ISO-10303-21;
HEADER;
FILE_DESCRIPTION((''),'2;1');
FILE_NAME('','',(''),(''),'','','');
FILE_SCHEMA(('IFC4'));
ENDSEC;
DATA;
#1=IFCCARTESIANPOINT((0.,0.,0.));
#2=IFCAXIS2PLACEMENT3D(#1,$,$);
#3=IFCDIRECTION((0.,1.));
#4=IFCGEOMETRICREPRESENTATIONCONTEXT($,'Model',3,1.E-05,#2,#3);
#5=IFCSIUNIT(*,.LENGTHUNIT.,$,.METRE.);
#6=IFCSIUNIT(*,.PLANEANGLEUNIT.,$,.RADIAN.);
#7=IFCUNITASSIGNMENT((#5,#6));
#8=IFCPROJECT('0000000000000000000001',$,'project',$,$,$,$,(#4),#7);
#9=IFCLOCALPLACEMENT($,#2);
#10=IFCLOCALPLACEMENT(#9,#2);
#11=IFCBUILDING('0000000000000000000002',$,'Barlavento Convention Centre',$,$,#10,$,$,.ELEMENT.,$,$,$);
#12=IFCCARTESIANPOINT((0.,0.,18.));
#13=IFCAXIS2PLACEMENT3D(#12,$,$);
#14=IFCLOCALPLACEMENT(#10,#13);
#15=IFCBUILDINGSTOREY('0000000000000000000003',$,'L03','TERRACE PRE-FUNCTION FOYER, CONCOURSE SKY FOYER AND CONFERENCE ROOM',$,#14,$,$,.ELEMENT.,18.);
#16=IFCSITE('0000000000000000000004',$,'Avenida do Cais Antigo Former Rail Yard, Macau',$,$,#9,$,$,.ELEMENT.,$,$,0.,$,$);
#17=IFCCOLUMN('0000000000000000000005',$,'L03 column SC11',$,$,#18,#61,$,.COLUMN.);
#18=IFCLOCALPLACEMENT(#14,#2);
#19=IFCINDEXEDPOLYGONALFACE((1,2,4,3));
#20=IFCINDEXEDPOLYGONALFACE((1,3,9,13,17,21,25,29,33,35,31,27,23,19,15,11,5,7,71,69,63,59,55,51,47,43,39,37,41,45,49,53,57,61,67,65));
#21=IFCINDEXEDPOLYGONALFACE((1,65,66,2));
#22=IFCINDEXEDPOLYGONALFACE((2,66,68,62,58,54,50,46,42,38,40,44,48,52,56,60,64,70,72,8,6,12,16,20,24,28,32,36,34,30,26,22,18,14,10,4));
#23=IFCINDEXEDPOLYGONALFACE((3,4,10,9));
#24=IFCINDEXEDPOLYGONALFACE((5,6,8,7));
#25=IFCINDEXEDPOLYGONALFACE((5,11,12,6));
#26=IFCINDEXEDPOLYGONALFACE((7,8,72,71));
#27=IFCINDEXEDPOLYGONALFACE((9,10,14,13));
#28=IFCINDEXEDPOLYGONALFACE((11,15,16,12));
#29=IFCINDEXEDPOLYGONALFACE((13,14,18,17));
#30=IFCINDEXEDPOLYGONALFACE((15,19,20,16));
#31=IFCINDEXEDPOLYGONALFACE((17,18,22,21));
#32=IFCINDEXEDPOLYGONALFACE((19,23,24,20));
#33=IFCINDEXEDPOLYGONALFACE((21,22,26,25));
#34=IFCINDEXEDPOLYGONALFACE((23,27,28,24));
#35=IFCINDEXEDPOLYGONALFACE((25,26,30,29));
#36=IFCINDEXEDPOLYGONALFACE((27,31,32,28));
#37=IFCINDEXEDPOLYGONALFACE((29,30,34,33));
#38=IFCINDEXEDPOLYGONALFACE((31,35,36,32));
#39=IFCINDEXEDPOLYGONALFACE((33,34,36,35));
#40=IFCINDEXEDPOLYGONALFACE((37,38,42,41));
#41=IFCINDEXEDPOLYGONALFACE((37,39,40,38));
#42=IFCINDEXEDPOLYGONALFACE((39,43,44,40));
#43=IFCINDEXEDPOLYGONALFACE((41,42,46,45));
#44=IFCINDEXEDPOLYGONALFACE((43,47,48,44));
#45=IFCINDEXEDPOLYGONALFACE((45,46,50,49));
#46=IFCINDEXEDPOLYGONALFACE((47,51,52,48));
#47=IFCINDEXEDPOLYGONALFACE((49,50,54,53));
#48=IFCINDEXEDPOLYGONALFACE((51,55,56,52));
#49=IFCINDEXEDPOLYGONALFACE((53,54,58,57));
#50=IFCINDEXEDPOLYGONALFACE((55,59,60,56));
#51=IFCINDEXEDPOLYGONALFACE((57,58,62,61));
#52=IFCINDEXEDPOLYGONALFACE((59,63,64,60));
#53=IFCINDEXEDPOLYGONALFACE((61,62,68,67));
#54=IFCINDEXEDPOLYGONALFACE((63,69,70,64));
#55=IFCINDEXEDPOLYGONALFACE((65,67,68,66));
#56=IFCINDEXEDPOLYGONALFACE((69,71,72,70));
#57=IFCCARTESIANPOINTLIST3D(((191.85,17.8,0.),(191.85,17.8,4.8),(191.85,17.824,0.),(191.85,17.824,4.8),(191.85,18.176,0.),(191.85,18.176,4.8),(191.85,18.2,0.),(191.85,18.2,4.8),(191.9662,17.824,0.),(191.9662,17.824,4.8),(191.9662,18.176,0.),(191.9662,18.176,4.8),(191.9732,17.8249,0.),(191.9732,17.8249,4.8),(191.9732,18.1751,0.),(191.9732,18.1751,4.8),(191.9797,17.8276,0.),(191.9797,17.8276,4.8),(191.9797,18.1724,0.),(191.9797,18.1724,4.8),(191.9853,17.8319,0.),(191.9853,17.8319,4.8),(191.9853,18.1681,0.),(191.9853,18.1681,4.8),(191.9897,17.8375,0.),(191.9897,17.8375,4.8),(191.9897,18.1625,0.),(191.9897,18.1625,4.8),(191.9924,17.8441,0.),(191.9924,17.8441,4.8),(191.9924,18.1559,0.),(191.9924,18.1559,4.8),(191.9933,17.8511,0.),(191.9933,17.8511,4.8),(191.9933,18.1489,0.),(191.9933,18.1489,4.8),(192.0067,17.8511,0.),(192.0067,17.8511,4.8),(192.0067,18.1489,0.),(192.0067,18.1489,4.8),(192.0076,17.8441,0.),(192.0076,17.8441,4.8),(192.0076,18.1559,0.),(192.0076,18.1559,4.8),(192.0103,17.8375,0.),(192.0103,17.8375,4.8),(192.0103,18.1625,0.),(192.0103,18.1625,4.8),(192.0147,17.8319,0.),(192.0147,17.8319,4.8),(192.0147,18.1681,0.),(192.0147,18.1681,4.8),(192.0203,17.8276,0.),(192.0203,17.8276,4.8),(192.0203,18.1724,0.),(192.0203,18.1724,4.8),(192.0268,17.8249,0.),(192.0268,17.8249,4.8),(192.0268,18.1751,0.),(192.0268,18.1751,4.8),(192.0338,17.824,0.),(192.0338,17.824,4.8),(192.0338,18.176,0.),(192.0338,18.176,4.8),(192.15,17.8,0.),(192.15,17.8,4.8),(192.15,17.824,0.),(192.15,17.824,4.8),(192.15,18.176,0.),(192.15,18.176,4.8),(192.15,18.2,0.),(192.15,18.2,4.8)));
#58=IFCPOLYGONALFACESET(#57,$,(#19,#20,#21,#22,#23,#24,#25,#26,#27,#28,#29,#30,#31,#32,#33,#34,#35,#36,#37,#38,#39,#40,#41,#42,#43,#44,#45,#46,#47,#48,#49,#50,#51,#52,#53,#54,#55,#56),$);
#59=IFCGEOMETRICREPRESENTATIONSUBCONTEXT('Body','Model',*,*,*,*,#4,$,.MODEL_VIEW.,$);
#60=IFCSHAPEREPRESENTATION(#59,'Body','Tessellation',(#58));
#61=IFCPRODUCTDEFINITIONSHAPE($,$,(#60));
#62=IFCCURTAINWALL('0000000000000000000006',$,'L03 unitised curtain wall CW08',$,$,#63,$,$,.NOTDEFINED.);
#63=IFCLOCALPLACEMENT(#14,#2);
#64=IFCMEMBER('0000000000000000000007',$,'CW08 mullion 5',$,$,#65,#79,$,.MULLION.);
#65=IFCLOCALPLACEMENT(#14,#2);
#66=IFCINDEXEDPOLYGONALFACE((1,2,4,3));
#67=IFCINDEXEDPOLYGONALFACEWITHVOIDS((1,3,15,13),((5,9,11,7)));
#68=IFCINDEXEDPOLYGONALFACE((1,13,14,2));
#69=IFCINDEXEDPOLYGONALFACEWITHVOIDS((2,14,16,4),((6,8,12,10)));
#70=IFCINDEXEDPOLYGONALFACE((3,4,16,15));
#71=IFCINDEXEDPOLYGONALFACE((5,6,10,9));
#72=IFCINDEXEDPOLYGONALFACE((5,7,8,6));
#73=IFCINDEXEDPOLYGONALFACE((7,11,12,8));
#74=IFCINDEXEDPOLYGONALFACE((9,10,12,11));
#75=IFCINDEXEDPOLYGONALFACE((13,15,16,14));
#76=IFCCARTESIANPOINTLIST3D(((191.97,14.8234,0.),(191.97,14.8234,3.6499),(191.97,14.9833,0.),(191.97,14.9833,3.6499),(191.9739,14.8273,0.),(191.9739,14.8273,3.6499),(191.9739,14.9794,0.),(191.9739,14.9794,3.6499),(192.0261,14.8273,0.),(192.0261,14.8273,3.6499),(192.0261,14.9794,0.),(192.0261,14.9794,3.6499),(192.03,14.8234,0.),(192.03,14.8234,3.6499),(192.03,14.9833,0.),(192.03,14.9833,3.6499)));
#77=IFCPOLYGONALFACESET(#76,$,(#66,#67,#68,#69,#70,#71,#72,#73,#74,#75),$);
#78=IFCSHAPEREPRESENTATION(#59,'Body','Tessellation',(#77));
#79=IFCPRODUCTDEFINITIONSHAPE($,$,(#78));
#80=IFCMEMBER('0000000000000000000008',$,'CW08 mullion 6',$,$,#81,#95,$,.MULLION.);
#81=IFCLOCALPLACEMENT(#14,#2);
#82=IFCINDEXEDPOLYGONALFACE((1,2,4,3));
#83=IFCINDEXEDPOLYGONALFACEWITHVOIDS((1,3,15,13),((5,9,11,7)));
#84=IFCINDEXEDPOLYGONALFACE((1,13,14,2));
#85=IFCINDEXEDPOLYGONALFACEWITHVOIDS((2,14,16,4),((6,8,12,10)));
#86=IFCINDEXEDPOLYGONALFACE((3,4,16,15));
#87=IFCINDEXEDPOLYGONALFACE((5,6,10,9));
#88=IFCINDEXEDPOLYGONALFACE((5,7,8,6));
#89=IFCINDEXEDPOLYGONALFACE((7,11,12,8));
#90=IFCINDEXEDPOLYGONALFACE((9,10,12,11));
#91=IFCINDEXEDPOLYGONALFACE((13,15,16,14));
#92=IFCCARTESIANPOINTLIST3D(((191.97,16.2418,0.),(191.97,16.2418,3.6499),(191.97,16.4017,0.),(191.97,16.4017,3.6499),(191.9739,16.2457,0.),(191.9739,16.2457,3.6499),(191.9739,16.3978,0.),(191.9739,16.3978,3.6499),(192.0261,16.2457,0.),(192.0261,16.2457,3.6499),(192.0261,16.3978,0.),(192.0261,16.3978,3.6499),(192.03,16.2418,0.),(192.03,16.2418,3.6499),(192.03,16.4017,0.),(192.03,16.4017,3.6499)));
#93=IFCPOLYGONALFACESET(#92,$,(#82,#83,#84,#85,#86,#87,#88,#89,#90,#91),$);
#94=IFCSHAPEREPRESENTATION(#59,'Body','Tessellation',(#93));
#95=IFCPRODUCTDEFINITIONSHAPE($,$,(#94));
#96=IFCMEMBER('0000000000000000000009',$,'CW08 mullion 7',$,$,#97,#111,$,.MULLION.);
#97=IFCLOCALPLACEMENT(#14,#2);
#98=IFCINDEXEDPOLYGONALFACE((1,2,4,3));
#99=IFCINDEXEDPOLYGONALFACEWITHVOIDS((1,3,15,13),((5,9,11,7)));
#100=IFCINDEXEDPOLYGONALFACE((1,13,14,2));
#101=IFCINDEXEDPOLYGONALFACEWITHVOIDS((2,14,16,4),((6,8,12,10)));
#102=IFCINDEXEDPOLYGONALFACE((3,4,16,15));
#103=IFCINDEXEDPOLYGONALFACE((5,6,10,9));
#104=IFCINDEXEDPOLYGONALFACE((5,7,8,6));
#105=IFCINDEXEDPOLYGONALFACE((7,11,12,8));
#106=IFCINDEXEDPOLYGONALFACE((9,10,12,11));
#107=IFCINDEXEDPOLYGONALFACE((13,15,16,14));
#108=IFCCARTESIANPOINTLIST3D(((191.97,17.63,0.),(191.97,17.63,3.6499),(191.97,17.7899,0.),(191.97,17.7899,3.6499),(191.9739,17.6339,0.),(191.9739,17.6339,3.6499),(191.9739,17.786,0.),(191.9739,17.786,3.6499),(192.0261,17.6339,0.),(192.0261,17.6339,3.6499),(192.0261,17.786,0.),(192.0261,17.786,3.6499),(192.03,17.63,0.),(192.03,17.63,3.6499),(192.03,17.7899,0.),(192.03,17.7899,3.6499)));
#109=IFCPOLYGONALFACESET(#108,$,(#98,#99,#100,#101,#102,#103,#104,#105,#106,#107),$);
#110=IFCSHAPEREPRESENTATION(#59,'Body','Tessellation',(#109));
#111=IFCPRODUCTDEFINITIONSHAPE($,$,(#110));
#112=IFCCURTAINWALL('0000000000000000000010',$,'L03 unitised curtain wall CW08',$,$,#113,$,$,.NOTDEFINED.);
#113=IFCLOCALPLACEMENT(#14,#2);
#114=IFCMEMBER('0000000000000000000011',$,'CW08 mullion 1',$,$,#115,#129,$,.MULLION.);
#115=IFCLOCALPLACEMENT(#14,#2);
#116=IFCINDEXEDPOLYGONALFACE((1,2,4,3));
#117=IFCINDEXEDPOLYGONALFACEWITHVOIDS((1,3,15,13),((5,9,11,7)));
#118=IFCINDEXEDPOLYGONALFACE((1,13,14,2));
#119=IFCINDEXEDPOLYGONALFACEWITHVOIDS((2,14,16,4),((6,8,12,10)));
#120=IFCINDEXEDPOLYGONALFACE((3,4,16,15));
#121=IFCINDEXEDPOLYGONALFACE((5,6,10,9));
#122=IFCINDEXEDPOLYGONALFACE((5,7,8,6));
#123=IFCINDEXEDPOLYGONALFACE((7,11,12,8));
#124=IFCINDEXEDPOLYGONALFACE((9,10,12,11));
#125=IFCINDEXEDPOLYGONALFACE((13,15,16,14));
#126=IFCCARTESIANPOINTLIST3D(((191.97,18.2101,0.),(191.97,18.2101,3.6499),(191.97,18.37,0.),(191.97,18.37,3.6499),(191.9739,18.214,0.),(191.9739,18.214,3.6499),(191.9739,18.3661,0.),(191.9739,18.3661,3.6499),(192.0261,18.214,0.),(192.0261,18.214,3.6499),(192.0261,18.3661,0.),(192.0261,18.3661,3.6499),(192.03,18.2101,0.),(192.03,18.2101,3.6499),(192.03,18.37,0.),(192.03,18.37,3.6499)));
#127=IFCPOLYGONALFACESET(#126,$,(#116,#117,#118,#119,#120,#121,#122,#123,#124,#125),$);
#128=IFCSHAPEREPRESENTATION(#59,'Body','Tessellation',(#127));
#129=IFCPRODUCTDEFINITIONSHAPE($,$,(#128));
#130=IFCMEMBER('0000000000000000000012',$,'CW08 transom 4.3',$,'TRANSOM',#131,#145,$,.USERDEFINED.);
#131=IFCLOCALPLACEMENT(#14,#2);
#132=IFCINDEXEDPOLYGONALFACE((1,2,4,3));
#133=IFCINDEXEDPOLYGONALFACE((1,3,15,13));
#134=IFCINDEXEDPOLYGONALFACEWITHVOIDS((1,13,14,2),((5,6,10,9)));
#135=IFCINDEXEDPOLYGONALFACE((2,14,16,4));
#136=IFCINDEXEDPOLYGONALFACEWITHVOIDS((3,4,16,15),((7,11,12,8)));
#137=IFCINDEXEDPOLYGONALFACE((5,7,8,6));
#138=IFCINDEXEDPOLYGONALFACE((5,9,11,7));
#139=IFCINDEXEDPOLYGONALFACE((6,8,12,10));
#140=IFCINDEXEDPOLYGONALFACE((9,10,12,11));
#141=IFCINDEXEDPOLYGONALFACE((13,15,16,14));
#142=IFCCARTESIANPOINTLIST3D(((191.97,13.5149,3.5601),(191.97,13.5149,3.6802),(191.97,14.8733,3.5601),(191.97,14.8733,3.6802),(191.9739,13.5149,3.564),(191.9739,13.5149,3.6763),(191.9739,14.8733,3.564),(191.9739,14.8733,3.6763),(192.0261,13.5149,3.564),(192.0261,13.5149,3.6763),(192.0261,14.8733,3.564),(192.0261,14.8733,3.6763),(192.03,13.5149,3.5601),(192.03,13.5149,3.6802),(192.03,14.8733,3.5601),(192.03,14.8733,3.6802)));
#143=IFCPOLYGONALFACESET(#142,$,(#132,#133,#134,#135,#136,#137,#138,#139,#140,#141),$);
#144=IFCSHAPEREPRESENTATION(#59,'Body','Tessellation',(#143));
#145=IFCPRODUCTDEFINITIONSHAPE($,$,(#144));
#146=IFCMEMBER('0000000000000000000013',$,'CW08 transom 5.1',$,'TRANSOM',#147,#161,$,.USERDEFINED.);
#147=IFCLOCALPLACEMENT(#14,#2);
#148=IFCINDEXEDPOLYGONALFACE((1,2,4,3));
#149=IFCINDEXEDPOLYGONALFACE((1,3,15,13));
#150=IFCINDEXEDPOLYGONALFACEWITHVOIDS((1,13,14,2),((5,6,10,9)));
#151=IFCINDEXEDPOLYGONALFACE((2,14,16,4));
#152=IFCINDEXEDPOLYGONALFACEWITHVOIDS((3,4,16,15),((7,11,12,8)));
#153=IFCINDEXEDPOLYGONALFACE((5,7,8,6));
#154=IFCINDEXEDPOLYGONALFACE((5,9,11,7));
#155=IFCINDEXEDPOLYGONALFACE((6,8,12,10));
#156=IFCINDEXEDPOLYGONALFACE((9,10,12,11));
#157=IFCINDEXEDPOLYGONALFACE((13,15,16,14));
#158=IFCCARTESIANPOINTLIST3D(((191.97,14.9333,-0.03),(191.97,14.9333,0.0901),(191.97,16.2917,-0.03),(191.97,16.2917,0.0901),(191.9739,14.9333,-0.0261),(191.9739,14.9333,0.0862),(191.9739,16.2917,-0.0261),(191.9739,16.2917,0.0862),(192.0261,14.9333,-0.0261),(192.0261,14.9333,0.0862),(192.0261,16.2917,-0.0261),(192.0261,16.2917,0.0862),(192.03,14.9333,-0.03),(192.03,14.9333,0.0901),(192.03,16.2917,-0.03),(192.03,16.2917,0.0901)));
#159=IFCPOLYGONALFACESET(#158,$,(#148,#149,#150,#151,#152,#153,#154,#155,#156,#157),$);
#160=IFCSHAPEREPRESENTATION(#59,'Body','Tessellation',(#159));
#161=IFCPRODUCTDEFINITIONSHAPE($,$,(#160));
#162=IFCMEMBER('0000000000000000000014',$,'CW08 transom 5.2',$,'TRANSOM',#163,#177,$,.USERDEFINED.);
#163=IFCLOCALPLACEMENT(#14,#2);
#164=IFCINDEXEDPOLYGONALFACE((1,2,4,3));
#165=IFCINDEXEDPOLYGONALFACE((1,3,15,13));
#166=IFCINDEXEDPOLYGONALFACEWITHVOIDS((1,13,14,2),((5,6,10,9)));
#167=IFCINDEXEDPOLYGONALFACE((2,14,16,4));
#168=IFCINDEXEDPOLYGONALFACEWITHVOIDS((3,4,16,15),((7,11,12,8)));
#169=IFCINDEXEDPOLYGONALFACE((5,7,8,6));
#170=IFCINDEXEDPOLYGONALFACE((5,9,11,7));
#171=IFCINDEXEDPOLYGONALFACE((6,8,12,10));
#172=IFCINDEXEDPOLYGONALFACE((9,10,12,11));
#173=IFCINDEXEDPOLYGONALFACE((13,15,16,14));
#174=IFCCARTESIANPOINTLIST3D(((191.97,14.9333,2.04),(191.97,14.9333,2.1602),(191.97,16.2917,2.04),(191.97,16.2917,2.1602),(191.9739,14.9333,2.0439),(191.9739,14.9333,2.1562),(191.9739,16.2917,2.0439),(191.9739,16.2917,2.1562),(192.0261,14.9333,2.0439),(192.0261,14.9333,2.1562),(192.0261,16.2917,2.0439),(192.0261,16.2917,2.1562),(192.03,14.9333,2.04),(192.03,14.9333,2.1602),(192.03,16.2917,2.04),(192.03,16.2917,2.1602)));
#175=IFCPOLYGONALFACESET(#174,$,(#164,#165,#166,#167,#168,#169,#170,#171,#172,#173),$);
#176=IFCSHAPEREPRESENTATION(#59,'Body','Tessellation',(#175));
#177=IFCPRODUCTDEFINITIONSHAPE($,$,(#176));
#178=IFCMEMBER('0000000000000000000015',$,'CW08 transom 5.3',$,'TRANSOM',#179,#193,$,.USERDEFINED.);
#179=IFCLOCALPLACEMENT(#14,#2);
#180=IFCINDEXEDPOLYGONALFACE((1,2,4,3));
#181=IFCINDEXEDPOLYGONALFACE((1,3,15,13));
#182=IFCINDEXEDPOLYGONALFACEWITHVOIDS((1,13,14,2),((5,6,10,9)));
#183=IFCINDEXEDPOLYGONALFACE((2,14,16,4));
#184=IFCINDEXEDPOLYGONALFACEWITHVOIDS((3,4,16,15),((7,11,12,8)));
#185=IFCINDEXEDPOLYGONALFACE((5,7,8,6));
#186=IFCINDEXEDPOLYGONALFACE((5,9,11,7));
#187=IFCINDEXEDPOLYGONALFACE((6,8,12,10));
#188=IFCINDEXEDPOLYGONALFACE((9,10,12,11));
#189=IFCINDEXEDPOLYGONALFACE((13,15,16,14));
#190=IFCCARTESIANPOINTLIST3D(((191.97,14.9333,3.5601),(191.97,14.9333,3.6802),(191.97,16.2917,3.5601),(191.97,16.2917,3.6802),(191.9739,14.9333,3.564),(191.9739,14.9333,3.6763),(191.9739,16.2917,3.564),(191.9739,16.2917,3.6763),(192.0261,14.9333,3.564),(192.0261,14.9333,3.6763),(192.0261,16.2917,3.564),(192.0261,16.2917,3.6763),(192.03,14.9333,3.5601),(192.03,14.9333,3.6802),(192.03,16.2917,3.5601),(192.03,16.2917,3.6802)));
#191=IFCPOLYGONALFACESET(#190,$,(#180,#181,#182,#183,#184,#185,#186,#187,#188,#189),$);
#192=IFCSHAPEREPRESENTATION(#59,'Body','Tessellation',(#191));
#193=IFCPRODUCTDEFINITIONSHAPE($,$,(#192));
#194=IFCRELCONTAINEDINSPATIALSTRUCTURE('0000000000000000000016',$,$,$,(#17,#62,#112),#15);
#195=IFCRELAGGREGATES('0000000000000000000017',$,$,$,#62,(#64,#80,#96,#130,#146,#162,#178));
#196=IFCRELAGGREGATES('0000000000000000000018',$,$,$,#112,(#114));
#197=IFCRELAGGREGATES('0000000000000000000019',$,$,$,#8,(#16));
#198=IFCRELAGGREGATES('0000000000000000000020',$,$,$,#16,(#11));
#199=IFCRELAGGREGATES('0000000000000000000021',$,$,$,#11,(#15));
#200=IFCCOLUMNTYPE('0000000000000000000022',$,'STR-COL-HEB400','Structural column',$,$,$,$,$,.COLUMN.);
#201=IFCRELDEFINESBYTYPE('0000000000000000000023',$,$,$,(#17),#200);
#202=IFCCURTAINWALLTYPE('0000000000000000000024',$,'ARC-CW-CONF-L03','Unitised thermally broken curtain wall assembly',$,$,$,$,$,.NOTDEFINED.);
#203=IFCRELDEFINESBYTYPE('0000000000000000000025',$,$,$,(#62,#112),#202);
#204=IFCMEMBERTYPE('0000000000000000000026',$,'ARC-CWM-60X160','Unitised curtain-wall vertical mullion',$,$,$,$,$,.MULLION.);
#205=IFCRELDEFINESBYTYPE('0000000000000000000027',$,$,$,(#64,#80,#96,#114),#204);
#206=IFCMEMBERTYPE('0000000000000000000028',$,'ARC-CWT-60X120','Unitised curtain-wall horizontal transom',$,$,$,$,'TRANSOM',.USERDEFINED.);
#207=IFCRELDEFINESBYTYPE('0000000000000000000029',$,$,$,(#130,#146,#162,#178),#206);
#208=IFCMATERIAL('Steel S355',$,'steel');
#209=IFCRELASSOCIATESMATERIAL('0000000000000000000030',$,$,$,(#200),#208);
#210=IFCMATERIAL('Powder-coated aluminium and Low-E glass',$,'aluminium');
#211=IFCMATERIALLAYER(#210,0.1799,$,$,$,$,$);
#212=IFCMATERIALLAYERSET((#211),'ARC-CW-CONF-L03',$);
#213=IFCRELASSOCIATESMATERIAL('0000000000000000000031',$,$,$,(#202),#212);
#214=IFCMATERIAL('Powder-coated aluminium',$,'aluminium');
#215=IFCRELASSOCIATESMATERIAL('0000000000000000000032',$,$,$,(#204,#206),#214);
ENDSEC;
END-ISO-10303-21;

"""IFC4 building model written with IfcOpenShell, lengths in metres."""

from ifc_helpers import new_model, si_unit, direction, frame, origin, origin_2d, place, context, subcontext, project, spatial, hollow_rectangle, i_section, extrude, material, layer, layer_set, material_profile, profile_set, type_object, element, aggregate, save


model = new_model("IFC4")

# Units and contexts
model_context = context("Model", 3, precision=1e-05, world=origin(), true_north=direction((0.0, 1.0)))
body_context = subcontext(model_context, "Body", "Model", "MODEL_VIEW")
ifc_project = project(units=[si_unit("LENGTHUNIT", "METRE"), si_unit("PLANEANGLEUNIT", "RADIAN")], contexts=[model_context])

# Site, building, storey
site_placement = place(None, origin())
site = spatial("IfcSite", under=ifc_project, at=site_placement, Name="Avenida do Cais Antigo Former Rail Yard, Macau", CompositionType="ELEMENT", RefElevation=0.0)
building_placement = place(site_placement, origin())
building = spatial("IfcBuilding", under=site, at=building_placement, Name="Barlavento Convention Centre", CompositionType="ELEMENT")
storey_placement = place(building_placement, frame((0.0, 0.0, 18.0)))
storey = spatial("IfcBuildingStorey", under=building, at=storey_placement, Name="L03", Description="TERRACE PRE-FUNCTION FOYER, CONCOURSE SKY FOYER AND CONFERENCE ROOM", CompositionType="ELEMENT", Elevation=18.0)

# Column
ifc_material_1 = material(Name="Steel S355", Category="steel")
ifc_material_profile_1 = material_profile(ifc_material_1, i_section(OverallWidth=0.3, OverallDepth=0.3999, WebThickness=0.0134, FlangeThickness=0.0239, FilletRadius=0.0271, at=origin_2d()), Name="HEB 400")
ifc_profile_set_1 = profile_set([ifc_material_profile_1], Name="Steel S355")
column_type = type_object("IfcColumnType", Name="STR-COL-HEB400", Description="Structural column", PredefinedType="COLUMN", material=ifc_profile_set_1)
column_placement = place(storey_placement, frame((192.0, 18.0, 0.0), z_axis=(0.0, 0.0, 1.0), x_axis=(1.0, 0.0, 0.0)))
element("IfcColumn", 1, at=column_placement, inside=storey, type_object=column_type, Name="L03 column SC11", PredefinedType="COLUMN", context=body_context, shape_type="SweptSolid", body=[
    extrude(i_section(OverallWidth=0.3, OverallDepth=0.3999, WebThickness=0.0134, FlangeThickness=0.0239, FilletRadius=0.0271, at=origin_2d()), origin(), (0.0, 0.0, 1.0), 4.8),
])

# Curtain wall, members
ifc_material_2 = material(Name="Powder-coated aluminium and Low-E glass", Category="aluminium")
ifc_layer_1 = layer(ifc_material_2, 0.1799)
ifc_layer_set_1 = layer_set([ifc_layer_1], Name="ARC-CW-CONF-L03")
curtain_wall_type = type_object("IfcCurtainWallType", Name="ARC-CW-CONF-L03", Description="Unitised thermally broken curtain wall assembly", PredefinedType="NOTDEFINED", material=ifc_layer_set_1)
curtain_wall_1_placement = place(storey_placement, origin())
curtain_wall_1 = element("IfcCurtainWall", 2, at=curtain_wall_1_placement, inside=storey, type_object=curtain_wall_type, Name="L03 unitised curtain wall CW08", PredefinedType="NOTDEFINED")
ifc_material_3 = material(Name="Powder-coated aluminium", Category="aluminium")
ifc_material_profile_2 = material_profile(ifc_material_3, hollow_rectangle(XDim=0.0601, YDim=0.1599, WallThickness=0.0039, at=origin_2d()), Name="AL-MULL 60x160x4")
ifc_profile_set_2 = profile_set([ifc_material_profile_2], Name="Powder-coated aluminium")
member_type_1 = type_object("IfcMemberType", Name="ARC-CWM-60X160", Description="Unitised curtain-wall vertical mullion", PredefinedType="MULLION", material=ifc_profile_set_2)
member_1_placement = place(storey_placement, frame((192.0, 14.9033, 0.0), z_axis=(0.0, 0.0, 1.0), x_axis=(-1.0, 0.0, 0.0)))
member_1 = element("IfcMember", 3, at=member_1_placement, type_object=member_type_1, Name="CW08 mullion 5", PredefinedType="MULLION", context=body_context, shape_type="SweptSolid", body=[
    extrude(hollow_rectangle(XDim=0.0601, YDim=0.1599, WallThickness=0.0039, at=origin_2d()), origin(), (0.0, 0.0, 1.0), 3.6499),
])
member_2_placement = place(storey_placement, frame((192.0, 16.3218, 0.0), z_axis=(0.0, 0.0, 1.0), x_axis=(-1.0, 0.0, 0.0)))
member_2 = element("IfcMember", 4, at=member_2_placement, type_object=member_type_1, Name="CW08 mullion 6", PredefinedType="MULLION", context=body_context, shape_type="SweptSolid", body=[
    extrude(hollow_rectangle(XDim=0.0601, YDim=0.1599, WallThickness=0.0039, at=origin_2d()), origin(), (0.0, 0.0, 1.0), 3.6499),
])
member_3_placement = place(storey_placement, frame((192.0, 17.71, 0.0), z_axis=(0.0, 0.0, 1.0), x_axis=(-1.0, 0.0, 0.0)))
member_3 = element("IfcMember", 5, at=member_3_placement, type_object=member_type_1, Name="CW08 mullion 7", PredefinedType="MULLION", context=body_context, shape_type="SweptSolid", body=[
    extrude(hollow_rectangle(XDim=0.0601, YDim=0.1599, WallThickness=0.0039, at=origin_2d()), origin(), (0.0, 0.0, 1.0), 3.6499),
])

# Curtain wall, member
curtain_wall_2_placement = place(storey_placement, origin())
curtain_wall_2 = element("IfcCurtainWall", 6, at=curtain_wall_2_placement, inside=storey, type_object=curtain_wall_type, Name="L03 unitised curtain wall CW08", PredefinedType="NOTDEFINED")
member_4_placement = place(storey_placement, frame((192.0, 18.29, 0.0), z_axis=(0.0, 0.0, 1.0), x_axis=(-1.0, 0.0, 0.0)))
member_4 = element("IfcMember", 7, at=member_4_placement, type_object=member_type_1, Name="CW08 mullion 1", PredefinedType="MULLION", context=body_context, shape_type="SweptSolid", body=[
    extrude(hollow_rectangle(XDim=0.0601, YDim=0.1599, WallThickness=0.0039, at=origin_2d()), origin(), (0.0, 0.0, 1.0), 3.6499),
])

# Members
ifc_material_profile_3 = material_profile(ifc_material_3, hollow_rectangle(XDim=0.0601, YDim=0.1201, WallThickness=0.0039, at=origin_2d()), Name="AL-TRAN 60x120x4")
ifc_profile_set_3 = profile_set([ifc_material_profile_3], Name="Powder-coated aluminium")
member_type_2 = type_object("IfcMemberType", Name="ARC-CWT-60X120", Description="Unitised curtain-wall horizontal transom", ElementType="TRANSOM", PredefinedType="USERDEFINED", material=ifc_profile_set_3)
member_5_placement = place(storey_placement, frame((192.0, 13.5149, 3.6201), z_axis=(0.0, 1.0, 0.0), x_axis=(-1.0, 0.0, 0.0)))
member_5 = element("IfcMember", 8, at=member_5_placement, type_object=member_type_2, Name="CW08 transom 4.3", ObjectType="TRANSOM", PredefinedType="USERDEFINED", context=body_context, shape_type="SweptSolid", body=[
    extrude(hollow_rectangle(XDim=0.0601, YDim=0.1201, WallThickness=0.0039, at=origin_2d()), origin(), (0.0, 0.0, 1.0), 1.3584),
])
member_6_placement = place(storey_placement, frame((192.0, 14.9333, 0.03), z_axis=(0.0, 1.0, 0.0), x_axis=(-1.0, 0.0, 0.0)))
member_6 = element("IfcMember", 9, at=member_6_placement, type_object=member_type_2, Name="CW08 transom 5.1", ObjectType="TRANSOM", PredefinedType="USERDEFINED", context=body_context, shape_type="SweptSolid", body=[
    extrude(hollow_rectangle(XDim=0.0601, YDim=0.1201, WallThickness=0.0039, at=origin_2d()), origin(), (0.0, 0.0, 1.0), 1.3584),
])
member_7_placement = place(storey_placement, frame((192.0, 14.9333, 2.1001), z_axis=(0.0, 1.0, 0.0), x_axis=(-1.0, 0.0, 0.0)))
member_7 = element("IfcMember", 10, at=member_7_placement, type_object=member_type_2, Name="CW08 transom 5.2", ObjectType="TRANSOM", PredefinedType="USERDEFINED", context=body_context, shape_type="SweptSolid", body=[
    extrude(hollow_rectangle(XDim=0.0601, YDim=0.1201, WallThickness=0.0039, at=origin_2d()), origin(), (0.0, 0.0, 1.0), 1.3584),
])
member_8_placement = place(storey_placement, frame((192.0, 14.9333, 3.6201), z_axis=(0.0, 1.0, 0.0), x_axis=(-1.0, 0.0, 0.0)))
member_8 = element("IfcMember", 11, at=member_8_placement, type_object=member_type_2, Name="CW08 transom 5.3", ObjectType="TRANSOM", PredefinedType="USERDEFINED", context=body_context, shape_type="SweptSolid", body=[
    extrude(hollow_rectangle(XDim=0.0601, YDim=0.1201, WallThickness=0.0039, at=origin_2d()), origin(), (0.0, 0.0, 1.0), 1.3584),
])

aggregate(curtain_wall_1, [member_1, member_2, member_3, member_5, member_6, member_7, member_8])
aggregate(curtain_wall_2, [member_4])

save(model, "model.ifc")
